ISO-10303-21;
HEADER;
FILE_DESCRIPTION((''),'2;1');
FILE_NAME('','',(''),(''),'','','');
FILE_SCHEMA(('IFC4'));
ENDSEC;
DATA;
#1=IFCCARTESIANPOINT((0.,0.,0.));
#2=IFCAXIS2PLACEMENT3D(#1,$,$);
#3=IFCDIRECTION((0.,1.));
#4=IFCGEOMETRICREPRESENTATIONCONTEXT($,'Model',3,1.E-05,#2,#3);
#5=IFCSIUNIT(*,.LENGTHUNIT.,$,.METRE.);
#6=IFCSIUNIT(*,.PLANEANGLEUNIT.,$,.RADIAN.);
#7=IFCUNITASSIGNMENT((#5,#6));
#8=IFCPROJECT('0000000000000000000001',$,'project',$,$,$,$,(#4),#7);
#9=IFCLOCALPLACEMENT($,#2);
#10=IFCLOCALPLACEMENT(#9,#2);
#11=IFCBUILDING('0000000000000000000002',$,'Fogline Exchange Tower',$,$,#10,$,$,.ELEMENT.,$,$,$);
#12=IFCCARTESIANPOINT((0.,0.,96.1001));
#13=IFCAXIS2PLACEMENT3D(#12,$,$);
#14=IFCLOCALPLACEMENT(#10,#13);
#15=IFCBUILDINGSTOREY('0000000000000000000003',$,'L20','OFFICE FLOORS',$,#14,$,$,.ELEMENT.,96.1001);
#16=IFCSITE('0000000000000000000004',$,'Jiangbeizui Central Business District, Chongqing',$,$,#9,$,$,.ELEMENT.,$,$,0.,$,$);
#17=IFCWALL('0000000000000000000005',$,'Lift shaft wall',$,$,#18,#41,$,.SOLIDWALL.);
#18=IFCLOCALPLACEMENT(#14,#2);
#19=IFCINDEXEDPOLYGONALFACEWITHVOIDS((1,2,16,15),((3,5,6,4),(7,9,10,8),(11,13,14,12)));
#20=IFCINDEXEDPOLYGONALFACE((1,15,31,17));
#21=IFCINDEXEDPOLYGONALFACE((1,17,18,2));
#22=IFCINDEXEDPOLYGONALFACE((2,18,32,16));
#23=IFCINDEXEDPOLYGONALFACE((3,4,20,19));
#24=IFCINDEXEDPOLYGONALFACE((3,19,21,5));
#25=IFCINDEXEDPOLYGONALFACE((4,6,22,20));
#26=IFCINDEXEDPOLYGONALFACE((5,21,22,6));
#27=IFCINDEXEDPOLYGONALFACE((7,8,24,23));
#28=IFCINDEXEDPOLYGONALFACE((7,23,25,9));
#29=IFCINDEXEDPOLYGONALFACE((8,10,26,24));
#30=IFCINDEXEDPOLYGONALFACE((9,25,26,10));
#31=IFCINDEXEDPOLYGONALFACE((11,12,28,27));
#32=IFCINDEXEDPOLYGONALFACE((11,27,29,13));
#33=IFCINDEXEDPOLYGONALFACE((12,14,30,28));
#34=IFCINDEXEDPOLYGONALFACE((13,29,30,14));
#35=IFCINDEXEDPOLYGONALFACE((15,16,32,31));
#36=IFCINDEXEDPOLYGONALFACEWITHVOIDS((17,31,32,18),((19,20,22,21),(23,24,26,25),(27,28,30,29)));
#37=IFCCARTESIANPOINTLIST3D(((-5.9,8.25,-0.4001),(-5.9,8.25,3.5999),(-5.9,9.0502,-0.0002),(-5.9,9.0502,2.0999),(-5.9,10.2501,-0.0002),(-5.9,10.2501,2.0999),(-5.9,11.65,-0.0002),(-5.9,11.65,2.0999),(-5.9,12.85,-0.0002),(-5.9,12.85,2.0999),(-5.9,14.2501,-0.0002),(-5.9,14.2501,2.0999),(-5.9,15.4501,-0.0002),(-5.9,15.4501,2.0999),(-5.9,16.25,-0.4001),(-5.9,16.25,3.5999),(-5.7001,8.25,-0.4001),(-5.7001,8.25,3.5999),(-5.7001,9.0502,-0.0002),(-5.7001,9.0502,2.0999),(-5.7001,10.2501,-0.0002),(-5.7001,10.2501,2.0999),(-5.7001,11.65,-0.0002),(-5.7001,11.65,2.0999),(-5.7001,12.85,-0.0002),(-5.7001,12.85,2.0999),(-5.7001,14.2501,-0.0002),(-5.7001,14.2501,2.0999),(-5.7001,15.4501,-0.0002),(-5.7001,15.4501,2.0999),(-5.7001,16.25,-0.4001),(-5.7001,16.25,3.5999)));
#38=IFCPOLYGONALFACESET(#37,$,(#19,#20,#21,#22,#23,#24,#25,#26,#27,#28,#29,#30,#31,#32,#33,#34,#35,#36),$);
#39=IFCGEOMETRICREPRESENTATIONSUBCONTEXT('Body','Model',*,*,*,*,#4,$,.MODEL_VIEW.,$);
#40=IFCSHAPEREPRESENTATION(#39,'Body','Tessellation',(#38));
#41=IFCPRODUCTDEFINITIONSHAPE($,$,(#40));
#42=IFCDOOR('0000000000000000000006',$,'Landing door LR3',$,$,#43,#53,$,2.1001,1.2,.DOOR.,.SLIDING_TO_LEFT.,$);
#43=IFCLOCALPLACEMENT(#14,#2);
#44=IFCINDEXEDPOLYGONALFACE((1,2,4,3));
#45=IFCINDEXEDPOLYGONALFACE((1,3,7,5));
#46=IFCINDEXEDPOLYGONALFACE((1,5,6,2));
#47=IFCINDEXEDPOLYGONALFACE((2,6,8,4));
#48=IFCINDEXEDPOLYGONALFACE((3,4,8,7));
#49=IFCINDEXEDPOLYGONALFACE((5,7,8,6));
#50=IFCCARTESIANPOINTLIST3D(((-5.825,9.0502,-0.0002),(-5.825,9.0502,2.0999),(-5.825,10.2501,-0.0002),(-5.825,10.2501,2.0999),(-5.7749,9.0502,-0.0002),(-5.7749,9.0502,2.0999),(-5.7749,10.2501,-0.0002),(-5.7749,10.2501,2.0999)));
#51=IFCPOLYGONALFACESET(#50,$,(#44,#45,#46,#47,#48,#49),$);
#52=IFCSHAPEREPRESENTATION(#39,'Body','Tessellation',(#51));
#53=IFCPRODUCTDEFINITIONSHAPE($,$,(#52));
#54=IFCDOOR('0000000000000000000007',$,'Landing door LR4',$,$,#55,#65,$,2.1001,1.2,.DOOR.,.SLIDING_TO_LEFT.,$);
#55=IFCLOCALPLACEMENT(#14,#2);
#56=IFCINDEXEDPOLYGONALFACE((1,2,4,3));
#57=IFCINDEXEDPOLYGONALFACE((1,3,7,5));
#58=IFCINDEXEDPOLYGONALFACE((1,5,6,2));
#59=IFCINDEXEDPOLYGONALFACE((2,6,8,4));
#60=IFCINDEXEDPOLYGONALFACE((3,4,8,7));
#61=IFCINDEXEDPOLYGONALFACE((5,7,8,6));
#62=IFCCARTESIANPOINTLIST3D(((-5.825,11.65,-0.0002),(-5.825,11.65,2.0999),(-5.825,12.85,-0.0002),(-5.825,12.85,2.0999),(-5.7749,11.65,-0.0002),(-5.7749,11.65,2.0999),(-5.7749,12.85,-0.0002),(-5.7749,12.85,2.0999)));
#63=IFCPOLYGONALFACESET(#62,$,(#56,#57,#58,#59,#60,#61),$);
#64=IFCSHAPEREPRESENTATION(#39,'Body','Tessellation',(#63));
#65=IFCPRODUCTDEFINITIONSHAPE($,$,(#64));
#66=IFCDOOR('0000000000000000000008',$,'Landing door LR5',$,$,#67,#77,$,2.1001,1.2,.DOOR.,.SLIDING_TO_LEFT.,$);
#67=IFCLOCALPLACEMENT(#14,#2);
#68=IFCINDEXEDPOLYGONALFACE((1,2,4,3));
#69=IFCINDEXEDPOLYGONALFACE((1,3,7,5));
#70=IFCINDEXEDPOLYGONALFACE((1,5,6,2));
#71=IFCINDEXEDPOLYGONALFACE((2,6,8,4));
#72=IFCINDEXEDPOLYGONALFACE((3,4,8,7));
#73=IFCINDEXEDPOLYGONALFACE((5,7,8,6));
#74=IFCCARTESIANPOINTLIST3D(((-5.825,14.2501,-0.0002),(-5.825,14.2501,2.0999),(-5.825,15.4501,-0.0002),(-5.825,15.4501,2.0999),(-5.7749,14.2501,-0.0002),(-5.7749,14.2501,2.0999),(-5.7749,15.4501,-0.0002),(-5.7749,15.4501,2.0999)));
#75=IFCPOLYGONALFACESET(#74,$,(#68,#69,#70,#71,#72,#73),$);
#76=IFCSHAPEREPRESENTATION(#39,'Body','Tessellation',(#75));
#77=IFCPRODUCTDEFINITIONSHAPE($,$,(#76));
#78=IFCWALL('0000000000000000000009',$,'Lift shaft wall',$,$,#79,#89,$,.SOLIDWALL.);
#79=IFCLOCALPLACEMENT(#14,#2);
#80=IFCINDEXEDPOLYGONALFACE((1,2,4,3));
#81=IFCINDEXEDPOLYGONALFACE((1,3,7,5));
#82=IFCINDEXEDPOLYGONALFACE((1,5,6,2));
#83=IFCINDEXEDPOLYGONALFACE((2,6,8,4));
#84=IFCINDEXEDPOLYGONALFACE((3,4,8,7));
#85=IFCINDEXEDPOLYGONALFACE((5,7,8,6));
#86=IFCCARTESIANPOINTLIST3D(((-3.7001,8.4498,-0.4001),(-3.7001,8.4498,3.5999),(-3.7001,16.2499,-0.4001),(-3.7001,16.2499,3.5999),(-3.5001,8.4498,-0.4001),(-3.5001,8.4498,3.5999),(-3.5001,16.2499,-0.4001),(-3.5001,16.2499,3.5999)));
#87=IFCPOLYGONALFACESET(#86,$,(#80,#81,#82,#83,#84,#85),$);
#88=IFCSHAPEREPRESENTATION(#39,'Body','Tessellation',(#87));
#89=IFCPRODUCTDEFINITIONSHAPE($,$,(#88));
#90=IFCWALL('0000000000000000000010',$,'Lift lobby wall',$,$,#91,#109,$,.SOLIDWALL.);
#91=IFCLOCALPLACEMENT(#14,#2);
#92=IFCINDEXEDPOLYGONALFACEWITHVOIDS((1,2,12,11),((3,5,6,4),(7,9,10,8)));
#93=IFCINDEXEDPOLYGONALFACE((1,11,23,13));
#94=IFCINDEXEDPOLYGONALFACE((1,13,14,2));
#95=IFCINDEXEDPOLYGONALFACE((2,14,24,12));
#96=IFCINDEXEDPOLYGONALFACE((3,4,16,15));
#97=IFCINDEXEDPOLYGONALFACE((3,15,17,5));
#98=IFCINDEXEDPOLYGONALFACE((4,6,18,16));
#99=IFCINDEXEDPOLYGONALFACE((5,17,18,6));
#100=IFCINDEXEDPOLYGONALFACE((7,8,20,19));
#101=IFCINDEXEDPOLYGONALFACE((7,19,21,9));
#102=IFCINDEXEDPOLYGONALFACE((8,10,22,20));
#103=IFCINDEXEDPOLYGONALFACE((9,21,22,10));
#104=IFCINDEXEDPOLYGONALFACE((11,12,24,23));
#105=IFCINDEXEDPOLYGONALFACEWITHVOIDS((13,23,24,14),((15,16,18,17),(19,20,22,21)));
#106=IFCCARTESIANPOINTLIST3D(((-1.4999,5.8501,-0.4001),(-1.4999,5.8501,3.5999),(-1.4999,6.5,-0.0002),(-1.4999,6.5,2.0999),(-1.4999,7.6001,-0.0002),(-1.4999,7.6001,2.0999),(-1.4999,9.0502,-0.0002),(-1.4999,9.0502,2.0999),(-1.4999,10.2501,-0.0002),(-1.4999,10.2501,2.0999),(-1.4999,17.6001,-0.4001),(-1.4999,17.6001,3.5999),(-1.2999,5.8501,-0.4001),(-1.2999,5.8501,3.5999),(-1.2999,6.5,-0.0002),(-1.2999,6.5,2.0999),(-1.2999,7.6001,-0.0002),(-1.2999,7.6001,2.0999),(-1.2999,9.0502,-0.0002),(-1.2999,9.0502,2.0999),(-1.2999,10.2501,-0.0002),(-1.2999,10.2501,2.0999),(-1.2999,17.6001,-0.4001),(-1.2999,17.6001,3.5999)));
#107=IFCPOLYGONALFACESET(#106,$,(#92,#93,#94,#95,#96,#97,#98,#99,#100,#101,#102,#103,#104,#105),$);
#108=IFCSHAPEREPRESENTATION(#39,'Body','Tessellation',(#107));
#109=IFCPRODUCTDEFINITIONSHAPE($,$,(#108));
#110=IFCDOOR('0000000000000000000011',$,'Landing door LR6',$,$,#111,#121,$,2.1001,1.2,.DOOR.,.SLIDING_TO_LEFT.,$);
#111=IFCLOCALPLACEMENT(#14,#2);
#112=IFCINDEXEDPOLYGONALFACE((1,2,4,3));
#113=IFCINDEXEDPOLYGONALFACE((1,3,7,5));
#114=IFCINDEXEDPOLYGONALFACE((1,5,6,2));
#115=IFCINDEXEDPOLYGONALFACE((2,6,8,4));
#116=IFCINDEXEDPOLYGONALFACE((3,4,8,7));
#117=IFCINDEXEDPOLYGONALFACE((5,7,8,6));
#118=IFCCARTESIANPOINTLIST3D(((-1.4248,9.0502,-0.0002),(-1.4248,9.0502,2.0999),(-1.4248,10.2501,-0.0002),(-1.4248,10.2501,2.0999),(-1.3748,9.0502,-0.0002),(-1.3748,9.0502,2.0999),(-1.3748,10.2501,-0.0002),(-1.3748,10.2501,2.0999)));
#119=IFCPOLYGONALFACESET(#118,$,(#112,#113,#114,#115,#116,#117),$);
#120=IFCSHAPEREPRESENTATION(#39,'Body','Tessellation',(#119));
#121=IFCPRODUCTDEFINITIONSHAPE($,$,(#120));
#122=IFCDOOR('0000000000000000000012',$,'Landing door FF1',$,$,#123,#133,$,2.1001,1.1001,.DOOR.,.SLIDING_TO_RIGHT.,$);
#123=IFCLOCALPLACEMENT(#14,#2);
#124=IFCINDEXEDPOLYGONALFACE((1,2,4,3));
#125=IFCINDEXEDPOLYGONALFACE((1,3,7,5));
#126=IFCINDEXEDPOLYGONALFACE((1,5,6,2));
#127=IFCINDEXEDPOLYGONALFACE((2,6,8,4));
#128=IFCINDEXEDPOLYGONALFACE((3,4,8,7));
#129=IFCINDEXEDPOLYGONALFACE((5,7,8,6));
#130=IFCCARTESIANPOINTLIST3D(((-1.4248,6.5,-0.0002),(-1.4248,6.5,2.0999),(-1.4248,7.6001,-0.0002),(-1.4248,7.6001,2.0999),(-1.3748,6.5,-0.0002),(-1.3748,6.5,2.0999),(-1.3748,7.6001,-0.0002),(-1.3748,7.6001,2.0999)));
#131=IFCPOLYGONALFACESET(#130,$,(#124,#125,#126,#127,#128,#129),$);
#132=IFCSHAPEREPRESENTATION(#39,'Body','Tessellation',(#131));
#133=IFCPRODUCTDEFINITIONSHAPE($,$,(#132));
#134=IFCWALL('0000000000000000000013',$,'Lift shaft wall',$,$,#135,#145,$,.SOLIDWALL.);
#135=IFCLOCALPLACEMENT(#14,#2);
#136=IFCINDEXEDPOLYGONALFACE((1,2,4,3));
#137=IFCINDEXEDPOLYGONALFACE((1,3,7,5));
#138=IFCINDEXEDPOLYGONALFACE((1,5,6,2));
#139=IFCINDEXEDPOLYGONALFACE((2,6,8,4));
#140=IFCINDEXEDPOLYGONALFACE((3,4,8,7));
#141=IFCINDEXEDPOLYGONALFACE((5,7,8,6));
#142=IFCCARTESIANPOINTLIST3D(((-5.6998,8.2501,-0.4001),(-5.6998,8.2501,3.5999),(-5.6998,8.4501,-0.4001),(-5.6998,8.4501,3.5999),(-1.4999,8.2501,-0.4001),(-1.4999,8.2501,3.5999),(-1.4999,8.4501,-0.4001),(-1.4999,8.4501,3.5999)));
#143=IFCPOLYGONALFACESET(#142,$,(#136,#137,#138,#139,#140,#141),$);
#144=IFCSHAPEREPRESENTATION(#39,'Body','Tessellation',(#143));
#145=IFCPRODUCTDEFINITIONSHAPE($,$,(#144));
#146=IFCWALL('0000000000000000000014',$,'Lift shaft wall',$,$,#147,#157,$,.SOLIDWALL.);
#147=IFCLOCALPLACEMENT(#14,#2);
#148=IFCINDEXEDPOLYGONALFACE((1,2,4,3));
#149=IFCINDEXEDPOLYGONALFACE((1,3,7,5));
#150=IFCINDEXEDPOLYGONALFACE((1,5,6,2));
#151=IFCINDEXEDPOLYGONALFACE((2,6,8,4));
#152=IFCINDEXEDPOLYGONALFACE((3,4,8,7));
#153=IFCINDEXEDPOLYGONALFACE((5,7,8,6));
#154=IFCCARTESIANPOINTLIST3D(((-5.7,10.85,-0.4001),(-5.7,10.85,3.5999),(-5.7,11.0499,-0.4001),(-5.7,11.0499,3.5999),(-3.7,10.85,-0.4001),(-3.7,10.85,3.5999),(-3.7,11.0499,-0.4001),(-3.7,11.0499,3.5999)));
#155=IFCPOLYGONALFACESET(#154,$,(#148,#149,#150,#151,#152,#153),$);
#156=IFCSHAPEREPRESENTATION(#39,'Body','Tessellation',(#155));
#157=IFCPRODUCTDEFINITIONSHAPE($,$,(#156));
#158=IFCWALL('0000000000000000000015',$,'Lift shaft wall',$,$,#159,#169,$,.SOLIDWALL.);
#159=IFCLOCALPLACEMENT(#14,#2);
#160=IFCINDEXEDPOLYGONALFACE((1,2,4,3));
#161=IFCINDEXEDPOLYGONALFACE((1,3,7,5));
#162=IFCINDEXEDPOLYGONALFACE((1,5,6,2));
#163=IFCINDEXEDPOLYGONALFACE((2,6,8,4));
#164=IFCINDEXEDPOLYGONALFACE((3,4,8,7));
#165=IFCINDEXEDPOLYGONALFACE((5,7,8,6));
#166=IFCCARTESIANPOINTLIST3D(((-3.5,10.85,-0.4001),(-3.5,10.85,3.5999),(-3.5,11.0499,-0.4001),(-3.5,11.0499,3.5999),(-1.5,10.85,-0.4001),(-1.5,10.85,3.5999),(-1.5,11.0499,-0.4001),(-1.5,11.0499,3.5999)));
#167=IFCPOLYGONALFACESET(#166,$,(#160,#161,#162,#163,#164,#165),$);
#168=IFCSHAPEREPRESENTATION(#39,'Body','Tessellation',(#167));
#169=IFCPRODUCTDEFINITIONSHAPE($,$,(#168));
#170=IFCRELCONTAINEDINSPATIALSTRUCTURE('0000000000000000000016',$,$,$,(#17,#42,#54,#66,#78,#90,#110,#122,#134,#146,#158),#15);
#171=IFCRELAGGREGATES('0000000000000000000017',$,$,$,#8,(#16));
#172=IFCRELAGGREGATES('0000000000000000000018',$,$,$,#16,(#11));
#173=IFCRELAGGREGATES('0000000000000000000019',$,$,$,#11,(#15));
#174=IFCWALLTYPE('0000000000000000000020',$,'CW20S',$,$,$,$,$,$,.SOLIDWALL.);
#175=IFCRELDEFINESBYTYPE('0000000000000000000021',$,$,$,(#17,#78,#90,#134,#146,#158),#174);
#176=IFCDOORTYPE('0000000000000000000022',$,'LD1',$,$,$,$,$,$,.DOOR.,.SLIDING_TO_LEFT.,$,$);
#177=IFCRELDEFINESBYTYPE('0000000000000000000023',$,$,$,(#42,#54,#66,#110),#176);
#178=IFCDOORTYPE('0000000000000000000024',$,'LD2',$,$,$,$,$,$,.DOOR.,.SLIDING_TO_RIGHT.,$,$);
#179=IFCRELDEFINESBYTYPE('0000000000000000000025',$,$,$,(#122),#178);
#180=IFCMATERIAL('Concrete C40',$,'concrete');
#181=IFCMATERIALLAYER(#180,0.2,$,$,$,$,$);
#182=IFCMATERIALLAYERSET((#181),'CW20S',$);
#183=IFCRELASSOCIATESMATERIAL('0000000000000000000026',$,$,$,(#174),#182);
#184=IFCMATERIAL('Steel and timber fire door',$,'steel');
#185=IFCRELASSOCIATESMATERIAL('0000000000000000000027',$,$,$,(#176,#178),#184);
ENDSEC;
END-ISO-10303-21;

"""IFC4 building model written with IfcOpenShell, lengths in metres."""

from ifc_helpers import new_model, si_unit, direction, frame, frame_2d, origin, place, context, subcontext, project, spatial, rectangle, extrude, material, layer, layer_set, type_object, element, fill, save


model = new_model("IFC4")

# Units and contexts
model_context = context("Model", 3, precision=1e-05, world=origin(), true_north=direction((0.0, 1.0)))
body_context = subcontext(model_context, "Body", "Model", "MODEL_VIEW")
ifc_project = project(units=[si_unit("LENGTHUNIT", "METRE"), si_unit("PLANEANGLEUNIT", "RADIAN")], contexts=[model_context])

# Site, building, storey
site_placement = place(None, origin())
site = spatial("IfcSite", under=ifc_project, at=site_placement, Name="Jiangbeizui Central Business District, Chongqing", CompositionType="ELEMENT", RefElevation=0.0)
building_placement = place(site_placement, origin())
building = spatial("IfcBuilding", under=site, at=building_placement, Name="Fogline Exchange Tower", CompositionType="ELEMENT")
storey_placement = place(building_placement, frame((0.0, 0.0, 96.1001)))
storey = spatial("IfcBuildingStorey", under=building, at=storey_placement, Name="L20", Description="OFFICE FLOORS", CompositionType="ELEMENT", Elevation=96.1001)

# Shared definitions
ifc_material_1 = material(Name="Steel and timber fire door", Category="steel")

# Shared definitions
ifc_material_2 = material(Name="Concrete C40", Category="concrete")

# Wall, openings, doors
ifc_layer_1 = layer(ifc_material_2, 0.2)
ifc_layer_set_1 = layer_set([ifc_layer_1], Name="CW20S")
wall_type_1 = type_object("IfcWallType", Name="CW20S", PredefinedType="SOLIDWALL", material=ifc_layer_set_1)
door_type_1 = type_object("IfcDoorType", Name="LD1", OperationType="SLIDING_TO_LEFT", PredefinedType="DOOR", material=ifc_material_1)
wall_1_placement = place(storey_placement, frame((-5.8, 8.25, -0.4001), z_axis=(0.0, 0.0, 1.0), x_axis=(0.0, 1.0, 0.0)))
wall_1 = element("IfcWall", 1, at=wall_1_placement, inside=storey, type_object=wall_type_1, Name="Lift shaft wall", PredefinedType="SOLIDWALL", context=body_context, shape_type="SweptSolid", body=[
    extrude(rectangle(XDim=8.0, YDim=0.2, at=frame_2d((4.0, 0.0))), origin(), (0.0, 0.0, 1.0), 4.0),
])
opening_1_placement = place(wall_1_placement, frame((0.8, 0.0, 0.3999)))
opening_1 = element("IfcOpeningElement", 2, at=opening_1_placement, cuts=wall_1, PredefinedType="OPENING", context=body_context, shape_type="SweptSolid", body=[
    extrude(rectangle(XDim=1.2, YDim=2.1001, at=frame_2d((0.6001, 1.05))), frame((0.0, 0.1099, 0.0), z_axis=(0.0, -1.0, 0.0), x_axis=(1.0, 0.0, 0.0)), (0.0, 0.0, 1.0), 0.22),
])
opening_2_placement = place(wall_1_placement, frame((3.3999, 0.0, 0.3999)))
opening_2 = element("IfcOpeningElement", 3, at=opening_2_placement, cuts=wall_1, PredefinedType="OPENING", context=body_context, shape_type="SweptSolid", body=[
    extrude(rectangle(XDim=1.2, YDim=2.1001, at=frame_2d((0.6001, 1.05))), frame((0.0, 0.1099, 0.0), z_axis=(0.0, -1.0, 0.0), x_axis=(1.0, 0.0, 0.0)), (0.0, 0.0, 1.0), 0.22),
])
opening_3_placement = place(wall_1_placement, frame((6.0, 0.0, 0.3999)))
opening_3 = element("IfcOpeningElement", 4, at=opening_3_placement, cuts=wall_1, PredefinedType="OPENING", context=body_context, shape_type="SweptSolid", body=[
    extrude(rectangle(XDim=1.2, YDim=2.1001, at=frame_2d((0.6001, 1.05))), frame((0.0, 0.1099, 0.0), z_axis=(0.0, -1.0, 0.0), x_axis=(1.0, 0.0, 0.0)), (0.0, 0.0, 1.0), 0.22),
])
door_1_placement = place(opening_1_placement, origin())
door_1 = element("IfcDoor", 5, at=door_1_placement, inside=storey, type_object=door_type_1, Name="Landing door LR3", OperationType="SLIDING_TO_LEFT", OverallHeight=2.1001, OverallWidth=1.2, PredefinedType="DOOR", context=body_context, shape_type="SweptSolid", body=[
    extrude(rectangle(XDim=1.2, YDim=2.1001, at=frame_2d((0.6001, 1.05))), frame((0.0, 0.0249, 0.0), z_axis=(0.0, -1.0, 0.0), x_axis=(1.0, 0.0, 0.0)), (0.0, 0.0, 1.0), 0.05),
])
fill(opening_1, door_1)
door_2_placement = place(opening_2_placement, origin())
door_2 = element("IfcDoor", 6, at=door_2_placement, inside=storey, type_object=door_type_1, Name="Landing door LR4", OperationType="SLIDING_TO_LEFT", OverallHeight=2.1001, OverallWidth=1.2, PredefinedType="DOOR", context=body_context, shape_type="SweptSolid", body=[
    extrude(rectangle(XDim=1.2, YDim=2.1001, at=frame_2d((0.6001, 1.05))), frame((0.0, 0.0249, 0.0), z_axis=(0.0, -1.0, 0.0), x_axis=(1.0, 0.0, 0.0)), (0.0, 0.0, 1.0), 0.05),
])
fill(opening_2, door_2)
door_3_placement = place(opening_3_placement, origin())
door_3 = element("IfcDoor", 7, at=door_3_placement, inside=storey, type_object=door_type_1, Name="Landing door LR5", OperationType="SLIDING_TO_LEFT", OverallHeight=2.1001, OverallWidth=1.2, PredefinedType="DOOR", context=body_context, shape_type="SweptSolid", body=[
    extrude(rectangle(XDim=1.2, YDim=2.1001, at=frame_2d((0.6001, 1.05))), frame((0.0, 0.0249, 0.0), z_axis=(0.0, -1.0, 0.0), x_axis=(1.0, 0.0, 0.0)), (0.0, 0.0, 1.0), 0.05),
])
fill(opening_3, door_3)

# Wall
wall_2_placement = place(storey_placement, frame((-3.6001, 8.45, -0.4001), z_axis=(0.0, 0.0, 1.0), x_axis=(0.0, 1.0, 0.0)))
element("IfcWall", 8, at=wall_2_placement, inside=storey, type_object=wall_type_1, Name="Lift shaft wall", PredefinedType="SOLIDWALL", context=body_context, shape_type="SweptSolid", body=[
    extrude(rectangle(XDim=7.8, YDim=0.2, at=frame_2d((3.8999, 0.0))), origin(), (0.0, 0.0, 1.0), 4.0),
])

# Wall, openings, doors
wall_3_placement = place(storey_placement, frame((-1.3999, 5.8501, -0.4001), z_axis=(0.0, 0.0, 1.0), x_axis=(0.0, 1.0, 0.0)))
wall_3 = element("IfcWall", 9, at=wall_3_placement, inside=storey, type_object=wall_type_1, Name="Lift lobby wall", PredefinedType="SOLIDWALL", context=body_context, shape_type="SweptSolid", body=[
    extrude(rectangle(XDim=11.75, YDim=0.2, at=frame_2d((5.875, 0.0))), origin(), (0.0, 0.0, 1.0), 4.0),
])
opening_4_placement = place(wall_3_placement, frame((3.2, 0.0, 0.3999)))
opening_4 = element("IfcOpeningElement", 10, at=opening_4_placement, cuts=wall_3, PredefinedType="OPENING", context=body_context, shape_type="SweptSolid", body=[
    extrude(rectangle(XDim=1.2, YDim=2.1001, at=frame_2d((0.6001, 1.05))), frame((0.0, 0.1099, 0.0), z_axis=(0.0, -1.0, 0.0), x_axis=(1.0, 0.0, 0.0)), (0.0, 0.0, 1.0), 0.22),
])
opening_5_placement = place(wall_3_placement, frame((0.6499, 0.0, 0.3999)))
opening_5 = element("IfcOpeningElement", 11, at=opening_5_placement, cuts=wall_3, PredefinedType="OPENING", context=body_context, shape_type="SweptSolid", body=[
    extrude(rectangle(XDim=1.1001, YDim=2.1001, at=frame_2d((0.55, 1.05))), frame((0.0, 0.1099, 0.0), z_axis=(0.0, -1.0, 0.0), x_axis=(1.0, 0.0, 0.0)), (0.0, 0.0, 1.0), 0.22),
])
door_4_placement = place(opening_4_placement, origin())
door_4 = element("IfcDoor", 12, at=door_4_placement, inside=storey, type_object=door_type_1, Name="Landing door LR6", OperationType="SLIDING_TO_LEFT", OverallHeight=2.1001, OverallWidth=1.2, PredefinedType="DOOR", context=body_context, shape_type="SweptSolid", body=[
    extrude(rectangle(XDim=1.2, YDim=2.1001, at=frame_2d((0.6001, 1.05))), frame((0.0, 0.0249, 0.0), z_axis=(0.0, -1.0, 0.0), x_axis=(1.0, 0.0, 0.0)), (0.0, 0.0, 1.0), 0.05),
])
fill(opening_4, door_4)
door_type_2 = type_object("IfcDoorType", Name="LD2", OperationType="SLIDING_TO_RIGHT", PredefinedType="DOOR", material=ifc_material_1)
door_5_placement = place(opening_5_placement, origin())
door_5 = element("IfcDoor", 13, at=door_5_placement, inside=storey, type_object=door_type_2, Name="Landing door FF1", OperationType="SLIDING_TO_RIGHT", OverallHeight=2.1001, OverallWidth=1.1001, PredefinedType="DOOR", context=body_context, shape_type="SweptSolid", body=[
    extrude(rectangle(XDim=1.1001, YDim=2.1001, at=frame_2d((0.55, 1.05))), frame((0.0, 0.0249, 0.0), z_axis=(0.0, -1.0, 0.0), x_axis=(1.0, 0.0, 0.0)), (0.0, 0.0, 1.0), 0.05),
])
fill(opening_5, door_5)

# Walls
wall_4_placement = place(storey_placement, frame((-5.7, 8.3501, -0.4001), z_axis=(0.0, 0.0, 1.0), x_axis=(1.0, 0.0, 0.0)))
element("IfcWall", 14, at=wall_4_placement, inside=storey, type_object=wall_type_1, Name="Lift shaft wall", PredefinedType="SOLIDWALL", context=body_context, shape_type="SweptSolid", body=[
    extrude(rectangle(XDim=4.2, YDim=0.2, at=frame_2d((2.1001, 0.0))), origin(), (0.0, 0.0, 1.0), 4.0),
])
for number, where, z_axis, x_axis, name in (
    (15, (-5.7, 10.95, -0.4001), (0.0, 0.0, 1.0), (1.0, 0.0, 0.0), "Lift shaft wall"),
    (16, (-3.5, 10.95, -0.4001), (0.0, 0.0, 1.0), (1.0, 0.0, 0.0), "Lift shaft wall"),
):
    element("IfcWall", number, at=place(storey_placement, frame(where, z_axis=z_axis, x_axis=x_axis)), inside=storey, type_object=wall_type_1, Name=name, PredefinedType="SOLIDWALL", context=body_context, shape_type="SweptSolid", body=[
        extrude(rectangle(XDim=2.0, YDim=0.2, at=frame_2d((1.0, 0.0))), origin(), (0.0, 0.0, 1.0), 4.0),
    ])

save(model, "model.ifc")
